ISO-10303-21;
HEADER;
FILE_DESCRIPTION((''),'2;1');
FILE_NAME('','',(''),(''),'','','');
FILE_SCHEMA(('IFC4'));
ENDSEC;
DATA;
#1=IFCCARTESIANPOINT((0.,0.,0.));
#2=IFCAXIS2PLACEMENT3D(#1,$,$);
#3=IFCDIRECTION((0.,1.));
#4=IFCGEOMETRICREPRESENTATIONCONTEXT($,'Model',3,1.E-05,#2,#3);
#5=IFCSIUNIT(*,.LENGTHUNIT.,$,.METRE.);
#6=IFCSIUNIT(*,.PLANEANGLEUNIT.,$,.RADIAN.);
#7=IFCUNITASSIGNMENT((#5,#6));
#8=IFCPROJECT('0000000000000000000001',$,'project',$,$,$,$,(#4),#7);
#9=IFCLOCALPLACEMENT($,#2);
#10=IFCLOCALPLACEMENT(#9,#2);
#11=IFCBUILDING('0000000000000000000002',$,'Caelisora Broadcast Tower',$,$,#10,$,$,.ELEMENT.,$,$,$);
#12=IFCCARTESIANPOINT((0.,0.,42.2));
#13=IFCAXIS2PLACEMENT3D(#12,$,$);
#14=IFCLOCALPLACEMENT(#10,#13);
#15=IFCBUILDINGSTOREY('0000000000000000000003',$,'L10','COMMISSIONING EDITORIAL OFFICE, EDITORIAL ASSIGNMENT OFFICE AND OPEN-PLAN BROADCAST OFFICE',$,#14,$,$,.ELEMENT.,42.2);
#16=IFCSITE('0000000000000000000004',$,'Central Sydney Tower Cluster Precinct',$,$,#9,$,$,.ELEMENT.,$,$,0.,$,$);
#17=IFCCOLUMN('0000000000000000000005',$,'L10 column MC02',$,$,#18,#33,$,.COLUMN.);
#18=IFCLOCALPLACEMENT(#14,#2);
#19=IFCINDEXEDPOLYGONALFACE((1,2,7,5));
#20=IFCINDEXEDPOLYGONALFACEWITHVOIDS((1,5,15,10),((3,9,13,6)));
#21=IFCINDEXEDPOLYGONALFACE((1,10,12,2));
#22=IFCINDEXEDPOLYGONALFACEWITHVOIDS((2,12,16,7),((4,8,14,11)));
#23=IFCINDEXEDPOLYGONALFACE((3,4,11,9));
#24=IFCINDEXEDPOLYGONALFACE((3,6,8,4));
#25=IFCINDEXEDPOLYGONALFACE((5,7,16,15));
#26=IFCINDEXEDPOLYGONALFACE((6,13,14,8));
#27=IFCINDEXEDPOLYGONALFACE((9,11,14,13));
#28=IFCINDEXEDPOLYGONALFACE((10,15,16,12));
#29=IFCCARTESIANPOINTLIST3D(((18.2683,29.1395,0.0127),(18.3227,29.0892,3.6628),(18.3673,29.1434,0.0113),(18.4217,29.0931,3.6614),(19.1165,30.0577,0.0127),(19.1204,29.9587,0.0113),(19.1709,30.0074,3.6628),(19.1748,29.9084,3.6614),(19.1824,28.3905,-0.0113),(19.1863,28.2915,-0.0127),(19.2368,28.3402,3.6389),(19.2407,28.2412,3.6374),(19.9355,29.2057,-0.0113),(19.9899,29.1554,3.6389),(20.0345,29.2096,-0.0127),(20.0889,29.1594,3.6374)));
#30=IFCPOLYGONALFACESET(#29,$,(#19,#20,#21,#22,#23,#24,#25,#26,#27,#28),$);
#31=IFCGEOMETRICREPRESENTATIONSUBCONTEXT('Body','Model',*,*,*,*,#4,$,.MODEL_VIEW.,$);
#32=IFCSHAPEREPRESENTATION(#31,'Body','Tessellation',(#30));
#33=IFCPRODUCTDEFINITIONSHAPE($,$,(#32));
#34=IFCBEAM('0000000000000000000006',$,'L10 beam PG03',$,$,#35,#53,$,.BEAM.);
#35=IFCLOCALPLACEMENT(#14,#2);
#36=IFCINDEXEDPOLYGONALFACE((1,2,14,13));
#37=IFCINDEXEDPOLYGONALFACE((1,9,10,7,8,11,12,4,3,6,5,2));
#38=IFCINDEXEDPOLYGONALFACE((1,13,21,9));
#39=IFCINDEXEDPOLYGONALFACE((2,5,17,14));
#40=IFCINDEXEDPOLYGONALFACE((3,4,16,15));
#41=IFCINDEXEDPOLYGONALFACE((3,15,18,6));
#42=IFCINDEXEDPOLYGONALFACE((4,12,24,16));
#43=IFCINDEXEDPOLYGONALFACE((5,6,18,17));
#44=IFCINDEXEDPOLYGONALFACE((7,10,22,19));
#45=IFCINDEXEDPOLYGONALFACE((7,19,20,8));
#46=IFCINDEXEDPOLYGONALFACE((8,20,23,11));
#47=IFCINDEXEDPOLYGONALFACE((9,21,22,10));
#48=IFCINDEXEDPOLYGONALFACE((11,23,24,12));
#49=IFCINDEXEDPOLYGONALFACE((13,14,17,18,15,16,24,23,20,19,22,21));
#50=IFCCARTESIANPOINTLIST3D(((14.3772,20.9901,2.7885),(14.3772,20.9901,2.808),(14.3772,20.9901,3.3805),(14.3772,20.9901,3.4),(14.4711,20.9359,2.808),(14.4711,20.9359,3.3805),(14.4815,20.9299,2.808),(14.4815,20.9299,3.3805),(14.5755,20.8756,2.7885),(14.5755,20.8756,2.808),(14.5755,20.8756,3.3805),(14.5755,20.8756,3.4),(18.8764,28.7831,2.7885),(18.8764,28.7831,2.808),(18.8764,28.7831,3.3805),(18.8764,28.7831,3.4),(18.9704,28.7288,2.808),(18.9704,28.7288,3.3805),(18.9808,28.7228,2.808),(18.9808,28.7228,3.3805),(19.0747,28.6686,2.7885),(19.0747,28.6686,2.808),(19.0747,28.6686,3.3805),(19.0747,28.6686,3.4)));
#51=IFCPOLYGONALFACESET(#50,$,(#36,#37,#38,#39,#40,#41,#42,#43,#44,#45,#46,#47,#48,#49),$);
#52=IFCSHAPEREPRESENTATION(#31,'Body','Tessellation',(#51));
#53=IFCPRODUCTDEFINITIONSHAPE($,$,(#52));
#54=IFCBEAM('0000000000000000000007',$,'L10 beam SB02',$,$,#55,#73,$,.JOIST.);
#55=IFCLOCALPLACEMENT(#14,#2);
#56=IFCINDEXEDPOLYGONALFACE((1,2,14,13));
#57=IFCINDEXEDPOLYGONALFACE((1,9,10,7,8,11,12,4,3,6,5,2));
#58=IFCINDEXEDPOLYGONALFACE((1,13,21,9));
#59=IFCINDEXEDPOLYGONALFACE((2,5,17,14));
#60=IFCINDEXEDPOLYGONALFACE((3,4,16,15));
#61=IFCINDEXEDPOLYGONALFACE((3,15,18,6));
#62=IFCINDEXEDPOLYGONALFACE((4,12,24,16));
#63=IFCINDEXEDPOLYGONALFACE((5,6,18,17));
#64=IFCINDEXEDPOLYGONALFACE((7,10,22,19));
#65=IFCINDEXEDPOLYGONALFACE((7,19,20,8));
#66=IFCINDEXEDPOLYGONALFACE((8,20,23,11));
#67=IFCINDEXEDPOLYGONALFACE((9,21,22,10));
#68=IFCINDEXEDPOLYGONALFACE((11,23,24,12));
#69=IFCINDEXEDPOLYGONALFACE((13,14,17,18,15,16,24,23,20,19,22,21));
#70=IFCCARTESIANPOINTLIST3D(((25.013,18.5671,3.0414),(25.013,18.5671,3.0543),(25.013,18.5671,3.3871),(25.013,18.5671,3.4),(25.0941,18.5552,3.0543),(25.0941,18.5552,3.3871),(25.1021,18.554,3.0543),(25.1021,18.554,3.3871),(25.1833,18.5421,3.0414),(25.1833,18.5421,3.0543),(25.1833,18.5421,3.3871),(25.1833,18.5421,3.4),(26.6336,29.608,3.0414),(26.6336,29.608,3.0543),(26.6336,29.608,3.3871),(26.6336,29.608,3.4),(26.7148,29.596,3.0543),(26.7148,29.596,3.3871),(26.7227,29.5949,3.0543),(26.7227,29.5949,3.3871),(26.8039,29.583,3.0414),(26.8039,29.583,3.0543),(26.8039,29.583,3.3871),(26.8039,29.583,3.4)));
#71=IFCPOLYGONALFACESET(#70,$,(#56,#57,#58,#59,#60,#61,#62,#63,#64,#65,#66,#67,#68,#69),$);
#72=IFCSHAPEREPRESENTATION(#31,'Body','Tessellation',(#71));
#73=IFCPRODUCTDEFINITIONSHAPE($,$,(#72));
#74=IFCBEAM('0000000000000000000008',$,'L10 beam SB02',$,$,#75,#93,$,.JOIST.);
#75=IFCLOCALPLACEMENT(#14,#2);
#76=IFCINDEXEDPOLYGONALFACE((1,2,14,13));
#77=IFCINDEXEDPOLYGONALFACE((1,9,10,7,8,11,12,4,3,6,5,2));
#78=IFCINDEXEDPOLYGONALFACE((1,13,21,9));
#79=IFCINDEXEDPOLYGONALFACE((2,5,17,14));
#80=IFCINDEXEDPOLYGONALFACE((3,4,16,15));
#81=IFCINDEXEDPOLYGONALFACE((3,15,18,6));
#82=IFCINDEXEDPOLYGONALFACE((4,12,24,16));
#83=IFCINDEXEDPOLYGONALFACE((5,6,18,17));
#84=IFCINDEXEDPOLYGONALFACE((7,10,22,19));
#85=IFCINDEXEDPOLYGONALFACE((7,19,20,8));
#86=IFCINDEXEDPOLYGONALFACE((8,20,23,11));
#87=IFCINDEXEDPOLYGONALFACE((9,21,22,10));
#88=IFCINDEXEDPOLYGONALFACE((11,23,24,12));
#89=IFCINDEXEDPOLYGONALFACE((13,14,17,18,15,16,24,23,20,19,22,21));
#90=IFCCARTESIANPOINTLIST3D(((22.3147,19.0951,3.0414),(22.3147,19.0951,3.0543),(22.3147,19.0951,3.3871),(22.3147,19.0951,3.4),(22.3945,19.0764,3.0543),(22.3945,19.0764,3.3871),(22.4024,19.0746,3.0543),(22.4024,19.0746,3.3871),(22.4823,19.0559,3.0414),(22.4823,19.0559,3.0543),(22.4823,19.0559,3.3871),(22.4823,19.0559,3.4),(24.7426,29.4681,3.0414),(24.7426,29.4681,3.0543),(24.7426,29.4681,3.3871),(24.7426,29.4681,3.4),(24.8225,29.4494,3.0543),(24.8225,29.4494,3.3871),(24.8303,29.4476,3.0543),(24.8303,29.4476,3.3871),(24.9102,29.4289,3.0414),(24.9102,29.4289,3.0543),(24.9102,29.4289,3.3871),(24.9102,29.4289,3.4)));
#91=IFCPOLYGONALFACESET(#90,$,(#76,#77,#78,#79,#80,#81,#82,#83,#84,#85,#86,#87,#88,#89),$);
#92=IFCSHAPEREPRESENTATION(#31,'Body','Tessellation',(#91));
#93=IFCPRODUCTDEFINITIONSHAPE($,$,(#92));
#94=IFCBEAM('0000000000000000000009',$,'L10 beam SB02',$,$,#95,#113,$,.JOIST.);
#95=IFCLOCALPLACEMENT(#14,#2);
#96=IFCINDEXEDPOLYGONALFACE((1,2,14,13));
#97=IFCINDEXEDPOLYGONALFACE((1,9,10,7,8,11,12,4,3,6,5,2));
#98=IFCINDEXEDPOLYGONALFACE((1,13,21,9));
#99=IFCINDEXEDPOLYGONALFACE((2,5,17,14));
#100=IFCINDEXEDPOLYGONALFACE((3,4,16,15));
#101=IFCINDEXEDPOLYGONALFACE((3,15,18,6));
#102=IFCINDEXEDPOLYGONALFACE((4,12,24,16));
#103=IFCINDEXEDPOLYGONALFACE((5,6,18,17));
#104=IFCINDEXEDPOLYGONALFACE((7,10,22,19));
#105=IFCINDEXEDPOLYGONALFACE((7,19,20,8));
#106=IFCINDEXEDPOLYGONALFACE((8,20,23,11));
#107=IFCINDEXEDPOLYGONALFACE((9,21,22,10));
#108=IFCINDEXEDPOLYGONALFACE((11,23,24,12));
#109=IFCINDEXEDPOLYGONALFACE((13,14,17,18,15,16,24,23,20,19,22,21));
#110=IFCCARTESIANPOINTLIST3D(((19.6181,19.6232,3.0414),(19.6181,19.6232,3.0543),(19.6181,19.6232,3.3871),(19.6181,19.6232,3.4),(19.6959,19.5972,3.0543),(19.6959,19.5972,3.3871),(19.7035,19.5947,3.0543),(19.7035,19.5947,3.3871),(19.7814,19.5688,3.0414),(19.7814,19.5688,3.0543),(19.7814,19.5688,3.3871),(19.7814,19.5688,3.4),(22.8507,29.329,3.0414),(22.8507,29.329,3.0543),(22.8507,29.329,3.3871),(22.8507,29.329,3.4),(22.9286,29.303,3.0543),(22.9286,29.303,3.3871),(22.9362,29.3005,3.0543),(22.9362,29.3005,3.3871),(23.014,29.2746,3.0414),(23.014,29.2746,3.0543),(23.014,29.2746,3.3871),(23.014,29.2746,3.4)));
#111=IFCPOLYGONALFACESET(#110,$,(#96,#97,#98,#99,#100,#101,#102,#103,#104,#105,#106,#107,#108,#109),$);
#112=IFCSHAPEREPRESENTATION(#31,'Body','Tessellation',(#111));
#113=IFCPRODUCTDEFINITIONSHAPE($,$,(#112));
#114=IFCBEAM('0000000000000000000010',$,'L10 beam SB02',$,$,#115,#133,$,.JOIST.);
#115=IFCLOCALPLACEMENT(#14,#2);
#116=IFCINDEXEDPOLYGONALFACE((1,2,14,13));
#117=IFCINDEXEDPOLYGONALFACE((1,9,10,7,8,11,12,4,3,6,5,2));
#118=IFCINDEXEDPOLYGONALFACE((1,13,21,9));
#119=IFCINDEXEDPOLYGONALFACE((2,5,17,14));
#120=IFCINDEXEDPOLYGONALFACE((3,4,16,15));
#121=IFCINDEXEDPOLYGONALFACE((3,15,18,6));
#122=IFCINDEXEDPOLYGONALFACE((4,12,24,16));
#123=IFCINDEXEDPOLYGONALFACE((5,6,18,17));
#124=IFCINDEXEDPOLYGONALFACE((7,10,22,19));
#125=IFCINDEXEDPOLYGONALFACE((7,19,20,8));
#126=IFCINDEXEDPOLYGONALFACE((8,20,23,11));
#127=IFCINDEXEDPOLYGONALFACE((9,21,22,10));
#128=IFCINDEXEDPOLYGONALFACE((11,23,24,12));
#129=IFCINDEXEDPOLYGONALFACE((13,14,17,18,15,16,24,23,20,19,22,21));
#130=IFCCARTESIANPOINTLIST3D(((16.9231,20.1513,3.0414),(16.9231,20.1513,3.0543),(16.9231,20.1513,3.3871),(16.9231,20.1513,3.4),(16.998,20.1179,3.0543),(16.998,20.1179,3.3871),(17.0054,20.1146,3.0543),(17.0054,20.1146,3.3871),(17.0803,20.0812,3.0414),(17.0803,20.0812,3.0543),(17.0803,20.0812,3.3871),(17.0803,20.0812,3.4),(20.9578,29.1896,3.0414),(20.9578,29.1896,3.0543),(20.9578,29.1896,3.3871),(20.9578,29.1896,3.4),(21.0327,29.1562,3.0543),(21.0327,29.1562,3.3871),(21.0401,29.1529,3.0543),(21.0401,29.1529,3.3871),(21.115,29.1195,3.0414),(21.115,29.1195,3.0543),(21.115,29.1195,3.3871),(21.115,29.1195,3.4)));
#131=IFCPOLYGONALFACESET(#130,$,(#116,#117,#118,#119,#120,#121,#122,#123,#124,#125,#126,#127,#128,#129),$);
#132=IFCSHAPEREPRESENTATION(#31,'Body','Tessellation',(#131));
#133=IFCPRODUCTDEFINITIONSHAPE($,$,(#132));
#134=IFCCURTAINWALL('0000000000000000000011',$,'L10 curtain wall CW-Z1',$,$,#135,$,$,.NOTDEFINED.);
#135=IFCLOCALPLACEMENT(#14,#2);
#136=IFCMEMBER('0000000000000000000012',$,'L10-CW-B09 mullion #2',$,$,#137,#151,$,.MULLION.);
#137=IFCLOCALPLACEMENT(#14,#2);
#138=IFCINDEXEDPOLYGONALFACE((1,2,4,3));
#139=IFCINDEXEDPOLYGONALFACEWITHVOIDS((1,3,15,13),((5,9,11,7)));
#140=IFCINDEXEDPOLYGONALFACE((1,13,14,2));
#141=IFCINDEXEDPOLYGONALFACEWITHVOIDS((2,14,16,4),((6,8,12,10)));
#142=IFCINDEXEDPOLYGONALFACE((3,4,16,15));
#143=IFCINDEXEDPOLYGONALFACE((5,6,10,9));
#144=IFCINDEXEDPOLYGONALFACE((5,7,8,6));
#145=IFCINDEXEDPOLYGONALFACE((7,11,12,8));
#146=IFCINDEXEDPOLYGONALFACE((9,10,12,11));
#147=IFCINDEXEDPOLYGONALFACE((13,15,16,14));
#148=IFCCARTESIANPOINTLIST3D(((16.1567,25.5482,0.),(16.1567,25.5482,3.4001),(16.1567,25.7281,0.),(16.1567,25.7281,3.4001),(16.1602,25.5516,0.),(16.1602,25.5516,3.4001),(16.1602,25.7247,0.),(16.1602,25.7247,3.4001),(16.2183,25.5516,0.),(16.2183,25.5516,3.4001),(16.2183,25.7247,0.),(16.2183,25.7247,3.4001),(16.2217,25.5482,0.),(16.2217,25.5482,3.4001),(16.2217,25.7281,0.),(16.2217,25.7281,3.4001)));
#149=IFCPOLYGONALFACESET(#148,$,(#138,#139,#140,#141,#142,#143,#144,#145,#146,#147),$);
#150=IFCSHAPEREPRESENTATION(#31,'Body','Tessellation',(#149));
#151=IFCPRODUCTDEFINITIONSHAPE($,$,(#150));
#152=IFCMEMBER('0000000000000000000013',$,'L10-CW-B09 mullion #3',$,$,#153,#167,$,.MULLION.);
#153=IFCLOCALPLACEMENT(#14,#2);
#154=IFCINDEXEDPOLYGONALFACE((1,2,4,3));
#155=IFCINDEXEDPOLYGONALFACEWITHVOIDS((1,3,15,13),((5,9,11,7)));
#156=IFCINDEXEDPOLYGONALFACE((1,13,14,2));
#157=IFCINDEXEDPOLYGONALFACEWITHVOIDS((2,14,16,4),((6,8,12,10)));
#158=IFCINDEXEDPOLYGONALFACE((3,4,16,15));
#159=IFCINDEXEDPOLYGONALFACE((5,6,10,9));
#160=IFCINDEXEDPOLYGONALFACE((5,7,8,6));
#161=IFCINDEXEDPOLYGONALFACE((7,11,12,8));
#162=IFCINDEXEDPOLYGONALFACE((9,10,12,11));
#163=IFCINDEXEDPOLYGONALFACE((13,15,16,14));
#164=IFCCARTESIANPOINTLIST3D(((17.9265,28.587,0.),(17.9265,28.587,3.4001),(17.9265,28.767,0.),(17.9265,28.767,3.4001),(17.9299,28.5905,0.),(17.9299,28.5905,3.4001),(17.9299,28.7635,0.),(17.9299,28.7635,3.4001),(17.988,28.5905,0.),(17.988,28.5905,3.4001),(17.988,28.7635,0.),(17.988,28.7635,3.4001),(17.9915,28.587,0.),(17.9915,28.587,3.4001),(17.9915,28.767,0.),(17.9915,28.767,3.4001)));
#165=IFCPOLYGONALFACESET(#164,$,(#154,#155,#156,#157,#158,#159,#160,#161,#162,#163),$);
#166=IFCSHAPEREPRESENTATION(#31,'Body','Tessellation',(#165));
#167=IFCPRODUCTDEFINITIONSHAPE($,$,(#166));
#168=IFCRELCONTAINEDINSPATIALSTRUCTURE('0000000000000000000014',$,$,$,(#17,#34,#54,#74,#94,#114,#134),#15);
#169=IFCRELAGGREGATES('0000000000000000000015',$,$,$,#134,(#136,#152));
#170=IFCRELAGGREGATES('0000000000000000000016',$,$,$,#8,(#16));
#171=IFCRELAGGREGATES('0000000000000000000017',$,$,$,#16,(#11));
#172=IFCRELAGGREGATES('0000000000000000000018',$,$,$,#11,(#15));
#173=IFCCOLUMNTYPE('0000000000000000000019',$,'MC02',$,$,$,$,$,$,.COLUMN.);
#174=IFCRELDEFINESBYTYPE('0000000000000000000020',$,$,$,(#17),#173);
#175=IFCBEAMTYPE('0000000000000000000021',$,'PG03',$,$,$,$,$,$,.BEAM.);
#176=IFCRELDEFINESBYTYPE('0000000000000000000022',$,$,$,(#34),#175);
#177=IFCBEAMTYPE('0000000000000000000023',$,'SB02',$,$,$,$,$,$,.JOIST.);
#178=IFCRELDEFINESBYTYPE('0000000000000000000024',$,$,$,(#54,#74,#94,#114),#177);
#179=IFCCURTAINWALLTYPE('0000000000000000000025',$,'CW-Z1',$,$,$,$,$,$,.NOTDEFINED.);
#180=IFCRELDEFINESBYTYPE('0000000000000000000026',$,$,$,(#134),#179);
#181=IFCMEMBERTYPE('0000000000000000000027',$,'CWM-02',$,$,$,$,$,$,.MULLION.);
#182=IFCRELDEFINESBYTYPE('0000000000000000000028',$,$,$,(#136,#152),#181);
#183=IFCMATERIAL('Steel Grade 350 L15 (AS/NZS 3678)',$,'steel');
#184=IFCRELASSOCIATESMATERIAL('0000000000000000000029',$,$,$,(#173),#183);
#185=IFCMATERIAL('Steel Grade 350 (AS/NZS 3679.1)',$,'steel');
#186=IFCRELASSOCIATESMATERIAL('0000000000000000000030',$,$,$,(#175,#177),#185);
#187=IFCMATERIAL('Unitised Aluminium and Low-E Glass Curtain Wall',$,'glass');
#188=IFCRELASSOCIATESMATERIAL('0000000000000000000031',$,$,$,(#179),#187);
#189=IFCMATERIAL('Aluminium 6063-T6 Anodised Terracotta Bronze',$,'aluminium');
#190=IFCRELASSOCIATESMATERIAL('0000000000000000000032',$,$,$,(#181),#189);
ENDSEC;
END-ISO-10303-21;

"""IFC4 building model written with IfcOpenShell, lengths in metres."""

from ifc_helpers import new_model, si_unit, direction, frame, origin, origin_2d, place, context, subcontext, project, spatial, hollow_rectangle, i_section, extrude, source, transform, mapped, material, material_profile, profile_set, type_object, type_shapes, element, aggregate, save


model = new_model("IFC4")

# Units and contexts
model_context = context("Model", 3, precision=1e-05, world=origin(), true_north=direction((0.0, 1.0)))
body_context = subcontext(model_context, "Body", "Model", "MODEL_VIEW")
ifc_project = project(units=[si_unit("LENGTHUNIT", "METRE"), si_unit("PLANEANGLEUNIT", "RADIAN")], contexts=[model_context])

# Site, building, storey
site_placement = place(None, origin())
site = spatial("IfcSite", under=ifc_project, at=site_placement, Name="Central Sydney Tower Cluster Precinct", CompositionType="ELEMENT", RefElevation=0.0)
building_placement = place(site_placement, origin())
building = spatial("IfcBuilding", under=site, at=building_placement, Name="Caelisora Broadcast Tower", CompositionType="ELEMENT")
storey_placement = place(building_placement, frame((0.0, 0.0, 42.2)))
storey = spatial("IfcBuildingStorey", under=building, at=storey_placement, Name="L10", Description="COMMISSIONING EDITORIAL OFFICE, EDITORIAL ASSIGNMENT OFFICE AND OPEN-PLAN BROADCAST OFFICE", CompositionType="ELEMENT", Elevation=42.2)

# Column
ifc_material_1 = material(Name="Steel Grade 350 L15 (AS/NZS 3678)", Category="steel")
ifc_material_profile_1 = material_profile(ifc_material_1, hollow_rectangle(XDim=1.25, YDim=1.25, WallThickness=0.0701, at=origin_2d()), Name="Steel Grade 350 L15 (AS/NZS 3678)")
ifc_profile_set_1 = profile_set([ifc_material_profile_1], Name="Steel Grade 350 L15 (AS/NZS 3678)")
column_type = type_object("IfcColumnType", Name="MC02", PredefinedType="COLUMN", material=ifc_profile_set_1)
shared_shape_1 = source(origin(), body_context, "Body", "SweptSolid", [
    extrude(hollow_rectangle(XDim=1.25, YDim=1.25, WallThickness=0.0701, at=origin_2d()), origin(), (0.0, 0.0, 1.0), 3.6509),
])
type_shapes(column_type, [shared_shape_1])
column_placement = place(storey_placement, frame((19.1514, 29.1746, 0.0), z_axis=(0.014912, -0.013776, 0.999794), x_axis=(0.678554, 0.734551, 0.0)))
element("IfcColumn", 1, at=column_placement, inside=storey, type_object=column_type, Name="L10 column MC02", PredefinedType="COLUMN", context=body_context, shape_type="MappedRepresentation", body=[
    mapped(shared_shape_1, transform((0.0, 0.0, 0.0), scale=1.0)),
])

# Beams
ifc_material_2 = material(Name="Steel Grade 350 (AS/NZS 3679.1)", Category="steel")
ifc_material_profile_2 = material_profile(ifc_material_2, i_section(OverallWidth=0.229, OverallDepth=0.6116, WebThickness=0.012, FlangeThickness=0.0195, at=origin_2d()), Name="Steel Grade 350 (AS/NZS 3679.1)")
ifc_profile_set_2 = profile_set([ifc_material_profile_2], Name="Steel Grade 350 (AS/NZS 3679.1)")
beam_type_1 = type_object("IfcBeamType", Name="PG03", PredefinedType="BEAM", material=ifc_profile_set_2)
shared_shape_2 = source(origin(), body_context, "Body", "SweptSolid", [
    extrude(i_section(OverallWidth=0.229, OverallDepth=0.6116, WebThickness=0.012, FlangeThickness=0.0195, at=origin_2d()), origin(), (0.0, 0.0, 1.0), 8.9985),
])
type_shapes(beam_type_1, [shared_shape_2])
beam_1_placement = place(storey_placement, frame((18.9756, 28.7258, 3.0942), z_axis=(-0.5, -0.866026, 0.0), x_axis=(0.866026, -0.5, 0.0)))
element("IfcBeam", 2, at=beam_1_placement, inside=storey, type_object=beam_type_1, Name="L10 beam PG03", PredefinedType="BEAM", context=body_context, shape_type="MappedRepresentation", body=[
    mapped(shared_shape_2, transform((0.0, 0.0, 0.0), scale=1.0)),
])
ifc_material_profile_3 = material_profile(ifc_material_2, i_section(OverallWidth=0.1721, OverallDepth=0.3586, WebThickness=0.0081, FlangeThickness=0.0129, at=origin_2d()), Name="Steel Grade 350 (AS/NZS 3679.1)")
ifc_profile_set_3 = profile_set([ifc_material_profile_3], Name="Steel Grade 350 (AS/NZS 3679.1)")
beam_type_2 = type_object("IfcBeamType", Name="SB02", PredefinedType="JOIST", material=ifc_profile_set_3)
shared_shape_3 = source(origin(), body_context, "Body", "SweptSolid", [
    extrude(i_section(OverallWidth=0.1721, OverallDepth=0.3586, WebThickness=0.0081, FlangeThickness=0.0129, at=origin_2d()), origin(), (0.0, 0.0, 1.0), 11.1592),
])
beam_2_placement = place(storey_placement, frame((26.7188, 29.5955, 3.2207), z_axis=(-0.145228, -0.989398, 0.0), x_axis=(0.989398, -0.145228, 0.0)))
element("IfcBeam", 3, at=beam_2_placement, inside=storey, type_object=beam_type_2, Name="L10 beam SB02", PredefinedType="JOIST", context=body_context, shape_type="MappedRepresentation", body=[
    mapped(shared_shape_3, transform((0.0, 0.0, 0.0), scale=1.0)),
])
shared_shape_4 = source(origin(), body_context, "Body", "SweptSolid", [
    extrude(i_section(OverallWidth=0.1721, OverallDepth=0.3586, WebThickness=0.0081, FlangeThickness=0.0129, at=origin_2d()), origin(), (0.0, 0.0, 1.0), 10.6533),
])
beam_3_placement = place(storey_placement, frame((24.8264, 29.4485, 3.2207), z_axis=(-0.227906, -0.973683, 0.0), x_axis=(0.973683, -0.227906, 0.0)))
element("IfcBeam", 4, at=beam_3_placement, inside=storey, type_object=beam_type_2, Name="L10 beam SB02", PredefinedType="JOIST", context=body_context, shape_type="MappedRepresentation", body=[
    mapped(shared_shape_4, transform((0.0, 0.0, 0.0), scale=1.0)),
])
shared_shape_5 = source(origin(), body_context, "Body", "SweptSolid", [
    extrude(i_section(OverallWidth=0.1721, OverallDepth=0.3586, WebThickness=0.0081, FlangeThickness=0.0129, at=origin_2d()), origin(), (0.0, 0.0, 1.0), 10.23),
])
beam_4_placement = place(storey_placement, frame((22.9324, 29.3018, 3.2207), z_axis=(-0.315999, -0.94876, 0.0), x_axis=(0.94876, -0.315999, 0.0)))
element("IfcBeam", 5, at=beam_4_placement, inside=storey, type_object=beam_type_2, Name="L10 beam SB02", PredefinedType="JOIST", context=body_context, shape_type="MappedRepresentation", body=[
    mapped(shared_shape_5, transform((0.0, 0.0, 0.0), scale=1.0)),
])
shared_shape_6 = source(origin(), body_context, "Body", "SweptSolid", [
    extrude(i_section(OverallWidth=0.1721, OverallDepth=0.3586, WebThickness=0.0081, FlangeThickness=0.0129, at=origin_2d()), origin(), (0.0, 0.0, 1.0), 9.8979),
])
type_shapes(beam_type_2, [shared_shape_3, shared_shape_4, shared_shape_5, shared_shape_6])
beam_5_placement = place(storey_placement, frame((21.0364, 29.1545, 3.2207), z_axis=(-0.407625, -0.913149, 0.0), x_axis=(0.913149, -0.407625, 0.0)))
element("IfcBeam", 6, at=beam_5_placement, inside=storey, type_object=beam_type_2, Name="L10 beam SB02", PredefinedType="JOIST", context=body_context, shape_type="MappedRepresentation", body=[
    mapped(shared_shape_6, transform((0.0, 0.0, 0.0), scale=1.0)),
])

# Curtain wall, members
ifc_material_3 = material(Name="Unitised Aluminium and Low-E Glass Curtain Wall", Category="glass")
curtain_wall_type_1 = type_object("IfcCurtainWallType", Name="CW-Z1", PredefinedType="NOTDEFINED", material=ifc_material_3)
curtain_wall_1_placement = place(storey_placement, origin())
curtain_wall_1 = element("IfcCurtainWall", 7, at=curtain_wall_1_placement, inside=storey, type_object=curtain_wall_type_1, Name="L10 curtain wall CW-Z1", PredefinedType="NOTDEFINED")
ifc_material_4 = material(Name="Aluminium 6063-T6 Anodised Terracotta Bronze", Category="aluminium")
ifc_material_profile_4 = material_profile(ifc_material_4, hollow_rectangle(XDim=0.0649, YDim=0.1799, WallThickness=0.0034, at=origin_2d()), Name="Aluminium 6063-T6 Anodised Terracotta Bronze")
ifc_profile_set_4 = profile_set([ifc_material_profile_4], Name="Aluminium 6063-T6 Anodised Terracotta Bronze")
member_type_1 = type_object("IfcMemberType", Name="CWM-02", PredefinedType="MULLION", material=ifc_profile_set_4)
shared_shape_7 = source(origin(), body_context, "Body", "SweptSolid", [
    extrude(hollow_rectangle(XDim=0.0649, YDim=0.1799, WallThickness=0.0034, at=origin_2d()), origin(), (0.0, 0.0, 1.0), 3.4001),
])
type_shapes(member_type_1, [shared_shape_7])
member_1_placement = place(storey_placement, frame((16.1892, 25.6382, 0.0), z_axis=(0.0, 0.0, 1.0), x_axis=(1.0, 0.0, 0.0)))
member_1 = element("IfcMember", 8, at=member_1_placement, type_object=member_type_1, Name="L10-CW-B09 mullion #2", PredefinedType="MULLION", context=body_context, shape_type="MappedRepresentation", body=[
    mapped(shared_shape_7, transform((0.0, 0.0, 0.0), scale=1.0)),
])
member_2_placement = place(storey_placement, frame((17.959, 28.677, 0.0), z_axis=(0.0, 0.0, 1.0), x_axis=(1.0, 0.0, 0.0)))
member_2 = element("IfcMember", 9, at=member_2_placement, type_object=member_type_1, Name="L10-CW-B09 mullion #3", PredefinedType="MULLION", context=body_context, shape_type="MappedRepresentation", body=[
    mapped(shared_shape_7, transform((0.0, 0.0, 0.0), scale=1.0)),
])

aggregate(curtain_wall_1, [member_1, member_2])

save(model, "model.ifc")
